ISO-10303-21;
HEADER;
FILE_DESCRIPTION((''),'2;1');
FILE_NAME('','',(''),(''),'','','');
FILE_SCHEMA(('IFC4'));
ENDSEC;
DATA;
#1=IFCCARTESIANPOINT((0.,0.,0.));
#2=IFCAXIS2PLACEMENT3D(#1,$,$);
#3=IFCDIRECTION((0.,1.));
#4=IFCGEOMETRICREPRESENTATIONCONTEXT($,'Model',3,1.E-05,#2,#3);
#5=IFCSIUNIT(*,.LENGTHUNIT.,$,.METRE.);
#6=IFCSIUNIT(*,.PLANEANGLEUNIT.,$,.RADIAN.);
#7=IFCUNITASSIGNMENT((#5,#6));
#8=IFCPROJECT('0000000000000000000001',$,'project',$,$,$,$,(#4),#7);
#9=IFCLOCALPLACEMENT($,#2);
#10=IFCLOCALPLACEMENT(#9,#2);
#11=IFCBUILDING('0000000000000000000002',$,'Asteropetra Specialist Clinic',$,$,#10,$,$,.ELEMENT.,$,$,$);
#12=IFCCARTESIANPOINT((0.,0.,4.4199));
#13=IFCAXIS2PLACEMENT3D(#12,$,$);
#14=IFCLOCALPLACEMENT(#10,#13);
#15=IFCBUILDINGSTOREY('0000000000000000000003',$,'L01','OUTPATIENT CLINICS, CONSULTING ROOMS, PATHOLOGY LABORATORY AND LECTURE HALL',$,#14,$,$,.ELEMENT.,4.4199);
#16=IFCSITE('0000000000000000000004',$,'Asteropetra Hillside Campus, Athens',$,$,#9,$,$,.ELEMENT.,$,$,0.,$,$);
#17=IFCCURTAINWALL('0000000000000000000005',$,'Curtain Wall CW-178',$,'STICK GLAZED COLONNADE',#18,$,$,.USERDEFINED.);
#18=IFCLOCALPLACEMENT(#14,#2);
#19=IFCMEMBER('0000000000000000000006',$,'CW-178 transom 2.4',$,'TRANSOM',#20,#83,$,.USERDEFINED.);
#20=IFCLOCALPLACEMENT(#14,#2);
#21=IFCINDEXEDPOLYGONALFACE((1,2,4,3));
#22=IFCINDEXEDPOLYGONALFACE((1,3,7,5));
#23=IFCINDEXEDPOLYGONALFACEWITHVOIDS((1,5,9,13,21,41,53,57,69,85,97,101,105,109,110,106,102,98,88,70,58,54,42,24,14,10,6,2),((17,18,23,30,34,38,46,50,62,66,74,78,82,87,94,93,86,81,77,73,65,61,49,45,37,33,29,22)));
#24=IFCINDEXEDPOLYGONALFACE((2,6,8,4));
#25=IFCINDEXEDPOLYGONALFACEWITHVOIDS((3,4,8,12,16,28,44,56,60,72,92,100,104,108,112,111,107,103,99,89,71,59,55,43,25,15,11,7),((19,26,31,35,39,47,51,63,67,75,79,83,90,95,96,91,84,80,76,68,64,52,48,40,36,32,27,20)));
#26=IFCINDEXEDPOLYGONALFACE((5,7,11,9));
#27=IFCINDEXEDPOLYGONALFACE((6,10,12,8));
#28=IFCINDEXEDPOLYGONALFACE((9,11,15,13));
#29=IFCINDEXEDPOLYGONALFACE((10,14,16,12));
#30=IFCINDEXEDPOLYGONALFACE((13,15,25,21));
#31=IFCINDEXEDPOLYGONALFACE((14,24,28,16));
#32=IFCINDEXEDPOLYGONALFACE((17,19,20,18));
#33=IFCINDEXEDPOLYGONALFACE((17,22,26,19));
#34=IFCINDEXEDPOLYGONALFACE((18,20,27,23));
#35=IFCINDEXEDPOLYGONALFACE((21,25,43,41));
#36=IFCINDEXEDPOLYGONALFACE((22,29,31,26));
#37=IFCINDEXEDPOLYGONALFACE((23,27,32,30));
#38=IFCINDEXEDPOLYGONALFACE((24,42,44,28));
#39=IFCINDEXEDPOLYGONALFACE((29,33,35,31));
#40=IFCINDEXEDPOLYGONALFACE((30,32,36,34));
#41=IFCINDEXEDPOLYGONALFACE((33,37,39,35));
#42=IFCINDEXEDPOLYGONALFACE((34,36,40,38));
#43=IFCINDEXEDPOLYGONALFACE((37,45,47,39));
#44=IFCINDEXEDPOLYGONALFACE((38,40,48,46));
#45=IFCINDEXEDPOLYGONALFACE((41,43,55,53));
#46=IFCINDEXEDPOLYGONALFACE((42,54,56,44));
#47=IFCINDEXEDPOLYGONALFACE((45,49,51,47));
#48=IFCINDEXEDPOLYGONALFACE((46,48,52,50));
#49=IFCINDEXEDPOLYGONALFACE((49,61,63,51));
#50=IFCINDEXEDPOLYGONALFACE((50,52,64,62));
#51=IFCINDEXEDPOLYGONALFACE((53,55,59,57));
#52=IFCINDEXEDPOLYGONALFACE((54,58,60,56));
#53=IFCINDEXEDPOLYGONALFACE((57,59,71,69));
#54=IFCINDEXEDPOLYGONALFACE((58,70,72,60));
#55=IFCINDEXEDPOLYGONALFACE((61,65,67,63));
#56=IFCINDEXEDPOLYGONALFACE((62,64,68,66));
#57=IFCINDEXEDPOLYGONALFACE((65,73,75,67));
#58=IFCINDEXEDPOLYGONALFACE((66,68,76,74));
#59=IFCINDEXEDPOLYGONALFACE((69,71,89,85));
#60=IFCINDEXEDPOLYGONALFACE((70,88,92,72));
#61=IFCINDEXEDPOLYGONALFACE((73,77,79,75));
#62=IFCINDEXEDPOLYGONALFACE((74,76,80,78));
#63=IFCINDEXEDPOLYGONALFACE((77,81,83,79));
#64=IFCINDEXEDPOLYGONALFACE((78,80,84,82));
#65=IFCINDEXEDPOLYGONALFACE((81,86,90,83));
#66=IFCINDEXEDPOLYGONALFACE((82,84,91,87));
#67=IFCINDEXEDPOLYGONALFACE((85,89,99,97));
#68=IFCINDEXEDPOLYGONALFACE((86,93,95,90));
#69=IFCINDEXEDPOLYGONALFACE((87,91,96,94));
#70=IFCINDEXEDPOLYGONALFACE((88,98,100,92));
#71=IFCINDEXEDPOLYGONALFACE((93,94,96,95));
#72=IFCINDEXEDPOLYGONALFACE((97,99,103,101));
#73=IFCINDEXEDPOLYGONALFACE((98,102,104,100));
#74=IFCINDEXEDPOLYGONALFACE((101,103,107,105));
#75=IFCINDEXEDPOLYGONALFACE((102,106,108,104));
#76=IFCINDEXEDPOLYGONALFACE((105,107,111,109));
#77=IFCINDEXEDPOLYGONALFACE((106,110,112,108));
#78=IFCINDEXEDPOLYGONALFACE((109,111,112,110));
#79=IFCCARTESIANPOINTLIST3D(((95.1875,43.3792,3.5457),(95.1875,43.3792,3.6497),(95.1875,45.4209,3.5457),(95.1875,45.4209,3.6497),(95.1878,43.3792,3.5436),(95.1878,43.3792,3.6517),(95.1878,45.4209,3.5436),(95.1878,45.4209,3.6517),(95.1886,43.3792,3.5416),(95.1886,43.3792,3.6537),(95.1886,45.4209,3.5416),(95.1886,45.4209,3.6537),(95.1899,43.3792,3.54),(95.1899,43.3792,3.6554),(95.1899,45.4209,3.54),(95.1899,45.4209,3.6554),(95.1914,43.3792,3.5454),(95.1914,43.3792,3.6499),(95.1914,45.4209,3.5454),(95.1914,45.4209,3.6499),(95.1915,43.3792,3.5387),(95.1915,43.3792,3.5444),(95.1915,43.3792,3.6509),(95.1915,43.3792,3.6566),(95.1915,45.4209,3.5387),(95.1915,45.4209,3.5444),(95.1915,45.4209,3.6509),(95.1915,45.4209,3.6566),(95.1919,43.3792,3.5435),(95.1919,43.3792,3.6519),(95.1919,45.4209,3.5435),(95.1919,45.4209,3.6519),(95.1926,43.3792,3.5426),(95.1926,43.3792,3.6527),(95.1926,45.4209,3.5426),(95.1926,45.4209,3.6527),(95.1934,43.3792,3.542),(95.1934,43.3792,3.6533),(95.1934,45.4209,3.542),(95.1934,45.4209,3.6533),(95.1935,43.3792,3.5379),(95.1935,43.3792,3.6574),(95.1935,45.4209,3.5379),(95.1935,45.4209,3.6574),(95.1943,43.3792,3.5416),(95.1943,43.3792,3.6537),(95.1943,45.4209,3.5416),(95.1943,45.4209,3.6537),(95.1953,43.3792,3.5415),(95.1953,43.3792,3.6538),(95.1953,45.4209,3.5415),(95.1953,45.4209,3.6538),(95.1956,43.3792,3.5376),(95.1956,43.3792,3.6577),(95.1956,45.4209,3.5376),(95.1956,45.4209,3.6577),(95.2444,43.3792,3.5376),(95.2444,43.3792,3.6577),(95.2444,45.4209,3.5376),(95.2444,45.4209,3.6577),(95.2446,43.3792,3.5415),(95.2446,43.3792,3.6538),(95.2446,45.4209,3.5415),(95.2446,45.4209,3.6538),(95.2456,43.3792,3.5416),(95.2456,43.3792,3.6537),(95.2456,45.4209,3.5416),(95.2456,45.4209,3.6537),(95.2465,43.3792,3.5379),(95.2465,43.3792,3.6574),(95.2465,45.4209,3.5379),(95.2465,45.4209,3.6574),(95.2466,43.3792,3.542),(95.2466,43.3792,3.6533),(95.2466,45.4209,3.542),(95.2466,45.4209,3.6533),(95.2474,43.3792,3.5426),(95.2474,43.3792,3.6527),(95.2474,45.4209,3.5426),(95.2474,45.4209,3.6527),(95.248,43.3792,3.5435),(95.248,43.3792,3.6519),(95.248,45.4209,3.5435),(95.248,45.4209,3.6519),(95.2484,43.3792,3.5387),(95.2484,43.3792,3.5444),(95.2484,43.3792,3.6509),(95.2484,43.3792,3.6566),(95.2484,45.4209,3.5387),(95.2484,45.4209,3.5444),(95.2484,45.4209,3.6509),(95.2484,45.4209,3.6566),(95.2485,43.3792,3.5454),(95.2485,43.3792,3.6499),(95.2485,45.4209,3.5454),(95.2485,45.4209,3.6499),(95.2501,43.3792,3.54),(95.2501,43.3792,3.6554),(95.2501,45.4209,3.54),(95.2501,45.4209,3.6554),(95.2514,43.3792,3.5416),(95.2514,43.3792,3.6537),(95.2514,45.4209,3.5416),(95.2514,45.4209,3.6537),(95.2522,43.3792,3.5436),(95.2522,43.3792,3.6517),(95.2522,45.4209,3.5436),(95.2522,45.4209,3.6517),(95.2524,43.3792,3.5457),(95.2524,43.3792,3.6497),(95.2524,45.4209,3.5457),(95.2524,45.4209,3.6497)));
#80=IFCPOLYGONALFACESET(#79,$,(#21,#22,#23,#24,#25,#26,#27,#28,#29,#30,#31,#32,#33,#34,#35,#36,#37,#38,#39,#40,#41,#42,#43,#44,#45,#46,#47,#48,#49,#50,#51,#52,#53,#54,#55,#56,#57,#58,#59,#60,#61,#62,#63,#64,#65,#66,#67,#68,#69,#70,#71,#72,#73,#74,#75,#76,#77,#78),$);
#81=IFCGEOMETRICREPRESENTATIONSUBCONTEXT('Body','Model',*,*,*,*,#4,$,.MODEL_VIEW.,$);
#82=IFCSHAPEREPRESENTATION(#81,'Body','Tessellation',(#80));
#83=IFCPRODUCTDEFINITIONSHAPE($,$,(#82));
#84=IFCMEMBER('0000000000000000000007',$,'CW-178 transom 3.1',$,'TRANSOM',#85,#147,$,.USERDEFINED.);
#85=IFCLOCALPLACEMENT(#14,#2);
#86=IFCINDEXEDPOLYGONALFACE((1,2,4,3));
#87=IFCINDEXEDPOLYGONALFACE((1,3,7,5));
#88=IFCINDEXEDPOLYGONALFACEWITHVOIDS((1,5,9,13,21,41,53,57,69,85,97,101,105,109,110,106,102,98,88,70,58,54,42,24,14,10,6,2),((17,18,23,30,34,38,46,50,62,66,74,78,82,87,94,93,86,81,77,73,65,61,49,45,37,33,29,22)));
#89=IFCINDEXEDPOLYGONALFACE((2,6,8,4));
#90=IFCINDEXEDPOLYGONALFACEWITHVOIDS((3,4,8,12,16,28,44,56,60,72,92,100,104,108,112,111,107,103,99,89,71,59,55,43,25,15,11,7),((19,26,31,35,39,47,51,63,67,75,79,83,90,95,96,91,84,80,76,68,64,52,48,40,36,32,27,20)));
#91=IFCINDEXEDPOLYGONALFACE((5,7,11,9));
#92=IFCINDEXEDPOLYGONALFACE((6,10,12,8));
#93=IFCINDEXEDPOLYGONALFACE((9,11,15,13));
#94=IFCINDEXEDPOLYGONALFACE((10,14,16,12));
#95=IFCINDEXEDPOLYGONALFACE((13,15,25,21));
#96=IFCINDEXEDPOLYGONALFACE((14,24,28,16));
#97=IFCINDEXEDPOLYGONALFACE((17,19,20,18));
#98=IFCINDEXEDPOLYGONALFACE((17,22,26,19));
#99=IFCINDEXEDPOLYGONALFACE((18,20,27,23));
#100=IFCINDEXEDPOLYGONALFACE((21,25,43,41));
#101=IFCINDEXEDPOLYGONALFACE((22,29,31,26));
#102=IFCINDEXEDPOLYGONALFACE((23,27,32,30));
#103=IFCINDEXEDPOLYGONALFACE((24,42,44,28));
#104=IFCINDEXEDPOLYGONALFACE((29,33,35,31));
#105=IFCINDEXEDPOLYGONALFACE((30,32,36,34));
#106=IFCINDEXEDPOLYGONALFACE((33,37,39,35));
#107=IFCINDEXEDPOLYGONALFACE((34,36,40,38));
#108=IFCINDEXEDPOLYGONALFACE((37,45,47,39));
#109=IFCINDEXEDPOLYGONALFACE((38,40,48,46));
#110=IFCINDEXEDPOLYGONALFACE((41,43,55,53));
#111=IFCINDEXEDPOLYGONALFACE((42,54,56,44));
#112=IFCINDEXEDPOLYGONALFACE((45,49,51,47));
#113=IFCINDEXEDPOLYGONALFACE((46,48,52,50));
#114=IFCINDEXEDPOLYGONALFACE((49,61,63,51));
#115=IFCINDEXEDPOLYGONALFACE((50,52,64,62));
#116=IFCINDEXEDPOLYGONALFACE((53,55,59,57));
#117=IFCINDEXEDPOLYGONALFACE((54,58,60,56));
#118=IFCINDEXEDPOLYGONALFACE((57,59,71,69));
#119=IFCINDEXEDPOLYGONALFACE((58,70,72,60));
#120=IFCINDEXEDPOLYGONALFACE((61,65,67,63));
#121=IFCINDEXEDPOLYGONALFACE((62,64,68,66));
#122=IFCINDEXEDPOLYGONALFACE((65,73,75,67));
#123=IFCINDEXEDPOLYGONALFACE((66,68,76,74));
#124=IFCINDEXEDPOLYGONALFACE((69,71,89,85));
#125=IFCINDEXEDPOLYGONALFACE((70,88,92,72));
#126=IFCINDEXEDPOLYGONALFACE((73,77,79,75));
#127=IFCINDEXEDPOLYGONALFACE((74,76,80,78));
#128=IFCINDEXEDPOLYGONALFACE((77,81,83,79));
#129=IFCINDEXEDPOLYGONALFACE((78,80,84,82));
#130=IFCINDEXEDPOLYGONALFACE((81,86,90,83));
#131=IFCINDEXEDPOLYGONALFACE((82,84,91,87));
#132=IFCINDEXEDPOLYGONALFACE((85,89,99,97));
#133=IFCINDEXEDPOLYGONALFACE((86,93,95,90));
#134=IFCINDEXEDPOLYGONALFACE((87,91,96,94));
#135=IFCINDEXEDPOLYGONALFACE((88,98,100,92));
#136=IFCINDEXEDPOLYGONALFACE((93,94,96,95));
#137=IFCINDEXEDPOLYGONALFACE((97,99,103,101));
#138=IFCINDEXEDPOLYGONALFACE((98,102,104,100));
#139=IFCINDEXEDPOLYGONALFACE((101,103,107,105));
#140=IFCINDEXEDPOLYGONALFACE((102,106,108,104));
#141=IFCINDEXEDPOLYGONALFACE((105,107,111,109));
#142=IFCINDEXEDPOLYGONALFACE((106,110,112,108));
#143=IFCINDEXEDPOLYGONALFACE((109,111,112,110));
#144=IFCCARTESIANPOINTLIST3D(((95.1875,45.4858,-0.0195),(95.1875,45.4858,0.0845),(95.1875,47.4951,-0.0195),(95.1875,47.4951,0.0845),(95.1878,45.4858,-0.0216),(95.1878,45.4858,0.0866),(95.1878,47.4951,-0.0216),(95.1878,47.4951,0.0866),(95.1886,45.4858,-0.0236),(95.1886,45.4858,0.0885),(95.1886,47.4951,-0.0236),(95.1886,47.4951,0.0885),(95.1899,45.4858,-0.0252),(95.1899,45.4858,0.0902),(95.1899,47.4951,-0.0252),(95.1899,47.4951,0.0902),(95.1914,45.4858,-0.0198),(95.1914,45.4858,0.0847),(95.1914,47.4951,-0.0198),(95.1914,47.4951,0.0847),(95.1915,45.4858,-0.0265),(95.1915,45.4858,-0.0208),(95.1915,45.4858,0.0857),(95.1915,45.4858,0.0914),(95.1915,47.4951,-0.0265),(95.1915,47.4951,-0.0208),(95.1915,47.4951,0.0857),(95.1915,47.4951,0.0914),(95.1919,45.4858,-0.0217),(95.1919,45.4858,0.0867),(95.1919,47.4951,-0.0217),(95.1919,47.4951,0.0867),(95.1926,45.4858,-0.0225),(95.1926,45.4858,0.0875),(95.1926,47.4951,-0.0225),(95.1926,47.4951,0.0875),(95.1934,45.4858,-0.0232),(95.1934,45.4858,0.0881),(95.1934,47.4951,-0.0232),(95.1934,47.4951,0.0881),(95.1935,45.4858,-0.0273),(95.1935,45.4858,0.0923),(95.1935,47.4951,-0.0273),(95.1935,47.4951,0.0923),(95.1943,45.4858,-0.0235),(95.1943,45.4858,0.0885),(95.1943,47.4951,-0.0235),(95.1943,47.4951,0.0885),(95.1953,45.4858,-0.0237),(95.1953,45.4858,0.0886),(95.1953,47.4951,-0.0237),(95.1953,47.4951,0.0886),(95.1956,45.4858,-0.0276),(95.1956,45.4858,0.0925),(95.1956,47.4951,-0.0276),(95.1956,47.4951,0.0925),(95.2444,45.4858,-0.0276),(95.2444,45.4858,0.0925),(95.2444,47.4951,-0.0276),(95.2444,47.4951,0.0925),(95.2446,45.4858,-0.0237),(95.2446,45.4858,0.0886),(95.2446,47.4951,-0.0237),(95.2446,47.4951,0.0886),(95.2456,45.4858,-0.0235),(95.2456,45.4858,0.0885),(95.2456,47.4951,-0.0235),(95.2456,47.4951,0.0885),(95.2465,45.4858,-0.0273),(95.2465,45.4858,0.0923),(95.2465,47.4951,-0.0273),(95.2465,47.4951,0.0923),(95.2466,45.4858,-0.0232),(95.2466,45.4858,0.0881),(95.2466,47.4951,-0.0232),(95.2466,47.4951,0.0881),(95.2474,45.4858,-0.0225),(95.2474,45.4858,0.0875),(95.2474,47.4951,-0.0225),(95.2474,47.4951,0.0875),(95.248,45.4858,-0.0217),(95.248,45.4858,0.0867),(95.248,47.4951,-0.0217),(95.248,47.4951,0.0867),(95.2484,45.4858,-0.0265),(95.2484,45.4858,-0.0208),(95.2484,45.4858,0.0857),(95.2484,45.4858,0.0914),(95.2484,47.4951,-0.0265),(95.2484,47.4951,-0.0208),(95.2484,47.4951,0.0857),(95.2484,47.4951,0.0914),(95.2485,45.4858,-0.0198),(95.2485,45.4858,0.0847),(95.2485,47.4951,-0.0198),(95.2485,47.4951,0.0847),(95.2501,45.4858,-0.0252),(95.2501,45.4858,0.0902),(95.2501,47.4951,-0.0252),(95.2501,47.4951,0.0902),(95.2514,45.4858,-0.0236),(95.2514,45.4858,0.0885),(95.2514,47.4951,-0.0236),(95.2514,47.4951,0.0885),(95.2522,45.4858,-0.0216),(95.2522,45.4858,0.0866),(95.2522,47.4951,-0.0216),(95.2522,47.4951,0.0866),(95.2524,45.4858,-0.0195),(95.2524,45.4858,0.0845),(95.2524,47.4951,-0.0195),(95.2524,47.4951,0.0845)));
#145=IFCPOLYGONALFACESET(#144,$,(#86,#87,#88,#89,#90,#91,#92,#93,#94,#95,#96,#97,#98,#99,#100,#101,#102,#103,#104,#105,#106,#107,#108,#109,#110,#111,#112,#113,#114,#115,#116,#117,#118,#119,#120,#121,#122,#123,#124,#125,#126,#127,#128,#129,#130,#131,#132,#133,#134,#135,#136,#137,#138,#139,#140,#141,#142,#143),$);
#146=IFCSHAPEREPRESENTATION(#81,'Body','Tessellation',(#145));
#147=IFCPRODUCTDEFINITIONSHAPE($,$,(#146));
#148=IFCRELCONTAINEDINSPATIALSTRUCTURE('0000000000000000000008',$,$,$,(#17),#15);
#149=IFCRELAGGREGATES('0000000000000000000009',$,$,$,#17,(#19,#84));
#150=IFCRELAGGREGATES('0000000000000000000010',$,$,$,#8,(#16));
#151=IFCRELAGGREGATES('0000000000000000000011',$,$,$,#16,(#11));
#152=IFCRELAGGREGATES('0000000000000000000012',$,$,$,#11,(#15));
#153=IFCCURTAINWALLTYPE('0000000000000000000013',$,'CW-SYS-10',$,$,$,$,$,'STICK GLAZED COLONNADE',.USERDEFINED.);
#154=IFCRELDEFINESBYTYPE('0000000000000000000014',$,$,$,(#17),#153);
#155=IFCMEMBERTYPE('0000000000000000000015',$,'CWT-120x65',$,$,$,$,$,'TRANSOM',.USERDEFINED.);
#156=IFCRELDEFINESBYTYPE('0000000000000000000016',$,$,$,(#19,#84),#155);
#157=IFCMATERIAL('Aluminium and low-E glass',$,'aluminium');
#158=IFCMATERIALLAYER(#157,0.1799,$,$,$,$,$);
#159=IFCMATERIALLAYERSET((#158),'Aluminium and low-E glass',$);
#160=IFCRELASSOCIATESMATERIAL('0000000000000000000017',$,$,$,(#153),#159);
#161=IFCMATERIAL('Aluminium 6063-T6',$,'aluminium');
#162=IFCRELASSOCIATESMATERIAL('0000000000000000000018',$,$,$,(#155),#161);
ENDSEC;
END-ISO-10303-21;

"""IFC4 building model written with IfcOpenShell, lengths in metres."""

from ifc_helpers import new_model, si_unit, direction, frame, origin, origin_2d, place, context, subcontext, project, spatial, hollow_rectangle, extrude, material, layer, layer_set, material_profile, profile_set, type_object, element, aggregate, save


model = new_model("IFC4")

# Units and contexts
model_context = context("Model", 3, precision=1e-05, world=origin(), true_north=direction((0.0, 1.0)))
body_context = subcontext(model_context, "Body", "Model", "MODEL_VIEW")
ifc_project = project(units=[si_unit("LENGTHUNIT", "METRE"), si_unit("PLANEANGLEUNIT", "RADIAN")], contexts=[model_context])

# Site, building, storey
site_placement = place(None, origin())
site = spatial("IfcSite", under=ifc_project, at=site_placement, Name="Asteropetra Hillside Campus, Athens", CompositionType="ELEMENT", RefElevation=0.0)
building_placement = place(site_placement, origin())
building = spatial("IfcBuilding", under=site, at=building_placement, Name="Asteropetra Specialist Clinic", CompositionType="ELEMENT")
storey_placement = place(building_placement, frame((0.0, 0.0, 4.4199)))
storey = spatial("IfcBuildingStorey", under=building, at=storey_placement, Name="L01", Description="OUTPATIENT CLINICS, CONSULTING ROOMS, PATHOLOGY LABORATORY AND LECTURE HALL", CompositionType="ELEMENT", Elevation=4.4199)

# Curtain wall, members
ifc_material_1 = material(Name="Aluminium and low-E glass", Category="aluminium")
ifc_layer_1 = layer(ifc_material_1, 0.1799)
ifc_layer_set_1 = layer_set([ifc_layer_1], Name="Aluminium and low-E glass")
curtain_wall_type = type_object("IfcCurtainWallType", Name="CW-SYS-10", ElementType="STICK GLAZED COLONNADE", PredefinedType="USERDEFINED", material=ifc_layer_set_1)
curtain_wall_placement = place(storey_placement, origin())
curtain_wall = element("IfcCurtainWall", 1, at=curtain_wall_placement, inside=storey, type_object=curtain_wall_type, Name="Curtain Wall CW-178", ObjectType="STICK GLAZED COLONNADE", PredefinedType="USERDEFINED")
ifc_material_2 = material(Name="Aluminium 6063-T6", Category="aluminium")
ifc_material_profile_1 = material_profile(ifc_material_2, hollow_rectangle(XDim=0.0649, YDim=0.1201, WallThickness=0.0039, InnerFilletRadius=0.0039, OuterFilletRadius=0.0081, at=origin_2d()), Name="TRN 120x65x4.0")
ifc_profile_set_1 = profile_set([ifc_material_profile_1], Name="Aluminium 6063-T6")
member_type_1 = type_object("IfcMemberType", Name="CWT-120x65", ElementType="TRANSOM", PredefinedType="USERDEFINED", material=ifc_profile_set_1)
member_1_placement = place(storey_placement, frame((95.22, 43.3792, 3.5977), z_axis=(0.0, 1.0, 0.0), x_axis=(-1.0, 0.0, 0.0)))
member_1 = element("IfcMember", 2, at=member_1_placement, type_object=member_type_1, Name="CW-178 transom 2.4", ObjectType="TRANSOM", PredefinedType="USERDEFINED", context=body_context, shape_type="SweptSolid", body=[
    extrude(hollow_rectangle(XDim=0.0649, YDim=0.1201, WallThickness=0.0039, InnerFilletRadius=0.0039, OuterFilletRadius=0.0081, at=origin_2d()), origin(), (0.0, 0.0, 1.0), 2.0417),
])
member_2_placement = place(storey_placement, frame((95.22, 45.4858, 0.0325), z_axis=(0.0, 1.0, 0.0), x_axis=(-1.0, 0.0, 0.0)))
member_2 = element("IfcMember", 3, at=member_2_placement, type_object=member_type_1, Name="CW-178 transom 3.1", ObjectType="TRANSOM", PredefinedType="USERDEFINED", context=body_context, shape_type="SweptSolid", body=[
    extrude(hollow_rectangle(XDim=0.0649, YDim=0.1201, WallThickness=0.0039, InnerFilletRadius=0.0039, OuterFilletRadius=0.0081, at=origin_2d()), origin(), (0.0, 0.0, 1.0), 2.0093),
])

aggregate(curtain_wall, [member_1, member_2])

save(model, "model.ifc")
